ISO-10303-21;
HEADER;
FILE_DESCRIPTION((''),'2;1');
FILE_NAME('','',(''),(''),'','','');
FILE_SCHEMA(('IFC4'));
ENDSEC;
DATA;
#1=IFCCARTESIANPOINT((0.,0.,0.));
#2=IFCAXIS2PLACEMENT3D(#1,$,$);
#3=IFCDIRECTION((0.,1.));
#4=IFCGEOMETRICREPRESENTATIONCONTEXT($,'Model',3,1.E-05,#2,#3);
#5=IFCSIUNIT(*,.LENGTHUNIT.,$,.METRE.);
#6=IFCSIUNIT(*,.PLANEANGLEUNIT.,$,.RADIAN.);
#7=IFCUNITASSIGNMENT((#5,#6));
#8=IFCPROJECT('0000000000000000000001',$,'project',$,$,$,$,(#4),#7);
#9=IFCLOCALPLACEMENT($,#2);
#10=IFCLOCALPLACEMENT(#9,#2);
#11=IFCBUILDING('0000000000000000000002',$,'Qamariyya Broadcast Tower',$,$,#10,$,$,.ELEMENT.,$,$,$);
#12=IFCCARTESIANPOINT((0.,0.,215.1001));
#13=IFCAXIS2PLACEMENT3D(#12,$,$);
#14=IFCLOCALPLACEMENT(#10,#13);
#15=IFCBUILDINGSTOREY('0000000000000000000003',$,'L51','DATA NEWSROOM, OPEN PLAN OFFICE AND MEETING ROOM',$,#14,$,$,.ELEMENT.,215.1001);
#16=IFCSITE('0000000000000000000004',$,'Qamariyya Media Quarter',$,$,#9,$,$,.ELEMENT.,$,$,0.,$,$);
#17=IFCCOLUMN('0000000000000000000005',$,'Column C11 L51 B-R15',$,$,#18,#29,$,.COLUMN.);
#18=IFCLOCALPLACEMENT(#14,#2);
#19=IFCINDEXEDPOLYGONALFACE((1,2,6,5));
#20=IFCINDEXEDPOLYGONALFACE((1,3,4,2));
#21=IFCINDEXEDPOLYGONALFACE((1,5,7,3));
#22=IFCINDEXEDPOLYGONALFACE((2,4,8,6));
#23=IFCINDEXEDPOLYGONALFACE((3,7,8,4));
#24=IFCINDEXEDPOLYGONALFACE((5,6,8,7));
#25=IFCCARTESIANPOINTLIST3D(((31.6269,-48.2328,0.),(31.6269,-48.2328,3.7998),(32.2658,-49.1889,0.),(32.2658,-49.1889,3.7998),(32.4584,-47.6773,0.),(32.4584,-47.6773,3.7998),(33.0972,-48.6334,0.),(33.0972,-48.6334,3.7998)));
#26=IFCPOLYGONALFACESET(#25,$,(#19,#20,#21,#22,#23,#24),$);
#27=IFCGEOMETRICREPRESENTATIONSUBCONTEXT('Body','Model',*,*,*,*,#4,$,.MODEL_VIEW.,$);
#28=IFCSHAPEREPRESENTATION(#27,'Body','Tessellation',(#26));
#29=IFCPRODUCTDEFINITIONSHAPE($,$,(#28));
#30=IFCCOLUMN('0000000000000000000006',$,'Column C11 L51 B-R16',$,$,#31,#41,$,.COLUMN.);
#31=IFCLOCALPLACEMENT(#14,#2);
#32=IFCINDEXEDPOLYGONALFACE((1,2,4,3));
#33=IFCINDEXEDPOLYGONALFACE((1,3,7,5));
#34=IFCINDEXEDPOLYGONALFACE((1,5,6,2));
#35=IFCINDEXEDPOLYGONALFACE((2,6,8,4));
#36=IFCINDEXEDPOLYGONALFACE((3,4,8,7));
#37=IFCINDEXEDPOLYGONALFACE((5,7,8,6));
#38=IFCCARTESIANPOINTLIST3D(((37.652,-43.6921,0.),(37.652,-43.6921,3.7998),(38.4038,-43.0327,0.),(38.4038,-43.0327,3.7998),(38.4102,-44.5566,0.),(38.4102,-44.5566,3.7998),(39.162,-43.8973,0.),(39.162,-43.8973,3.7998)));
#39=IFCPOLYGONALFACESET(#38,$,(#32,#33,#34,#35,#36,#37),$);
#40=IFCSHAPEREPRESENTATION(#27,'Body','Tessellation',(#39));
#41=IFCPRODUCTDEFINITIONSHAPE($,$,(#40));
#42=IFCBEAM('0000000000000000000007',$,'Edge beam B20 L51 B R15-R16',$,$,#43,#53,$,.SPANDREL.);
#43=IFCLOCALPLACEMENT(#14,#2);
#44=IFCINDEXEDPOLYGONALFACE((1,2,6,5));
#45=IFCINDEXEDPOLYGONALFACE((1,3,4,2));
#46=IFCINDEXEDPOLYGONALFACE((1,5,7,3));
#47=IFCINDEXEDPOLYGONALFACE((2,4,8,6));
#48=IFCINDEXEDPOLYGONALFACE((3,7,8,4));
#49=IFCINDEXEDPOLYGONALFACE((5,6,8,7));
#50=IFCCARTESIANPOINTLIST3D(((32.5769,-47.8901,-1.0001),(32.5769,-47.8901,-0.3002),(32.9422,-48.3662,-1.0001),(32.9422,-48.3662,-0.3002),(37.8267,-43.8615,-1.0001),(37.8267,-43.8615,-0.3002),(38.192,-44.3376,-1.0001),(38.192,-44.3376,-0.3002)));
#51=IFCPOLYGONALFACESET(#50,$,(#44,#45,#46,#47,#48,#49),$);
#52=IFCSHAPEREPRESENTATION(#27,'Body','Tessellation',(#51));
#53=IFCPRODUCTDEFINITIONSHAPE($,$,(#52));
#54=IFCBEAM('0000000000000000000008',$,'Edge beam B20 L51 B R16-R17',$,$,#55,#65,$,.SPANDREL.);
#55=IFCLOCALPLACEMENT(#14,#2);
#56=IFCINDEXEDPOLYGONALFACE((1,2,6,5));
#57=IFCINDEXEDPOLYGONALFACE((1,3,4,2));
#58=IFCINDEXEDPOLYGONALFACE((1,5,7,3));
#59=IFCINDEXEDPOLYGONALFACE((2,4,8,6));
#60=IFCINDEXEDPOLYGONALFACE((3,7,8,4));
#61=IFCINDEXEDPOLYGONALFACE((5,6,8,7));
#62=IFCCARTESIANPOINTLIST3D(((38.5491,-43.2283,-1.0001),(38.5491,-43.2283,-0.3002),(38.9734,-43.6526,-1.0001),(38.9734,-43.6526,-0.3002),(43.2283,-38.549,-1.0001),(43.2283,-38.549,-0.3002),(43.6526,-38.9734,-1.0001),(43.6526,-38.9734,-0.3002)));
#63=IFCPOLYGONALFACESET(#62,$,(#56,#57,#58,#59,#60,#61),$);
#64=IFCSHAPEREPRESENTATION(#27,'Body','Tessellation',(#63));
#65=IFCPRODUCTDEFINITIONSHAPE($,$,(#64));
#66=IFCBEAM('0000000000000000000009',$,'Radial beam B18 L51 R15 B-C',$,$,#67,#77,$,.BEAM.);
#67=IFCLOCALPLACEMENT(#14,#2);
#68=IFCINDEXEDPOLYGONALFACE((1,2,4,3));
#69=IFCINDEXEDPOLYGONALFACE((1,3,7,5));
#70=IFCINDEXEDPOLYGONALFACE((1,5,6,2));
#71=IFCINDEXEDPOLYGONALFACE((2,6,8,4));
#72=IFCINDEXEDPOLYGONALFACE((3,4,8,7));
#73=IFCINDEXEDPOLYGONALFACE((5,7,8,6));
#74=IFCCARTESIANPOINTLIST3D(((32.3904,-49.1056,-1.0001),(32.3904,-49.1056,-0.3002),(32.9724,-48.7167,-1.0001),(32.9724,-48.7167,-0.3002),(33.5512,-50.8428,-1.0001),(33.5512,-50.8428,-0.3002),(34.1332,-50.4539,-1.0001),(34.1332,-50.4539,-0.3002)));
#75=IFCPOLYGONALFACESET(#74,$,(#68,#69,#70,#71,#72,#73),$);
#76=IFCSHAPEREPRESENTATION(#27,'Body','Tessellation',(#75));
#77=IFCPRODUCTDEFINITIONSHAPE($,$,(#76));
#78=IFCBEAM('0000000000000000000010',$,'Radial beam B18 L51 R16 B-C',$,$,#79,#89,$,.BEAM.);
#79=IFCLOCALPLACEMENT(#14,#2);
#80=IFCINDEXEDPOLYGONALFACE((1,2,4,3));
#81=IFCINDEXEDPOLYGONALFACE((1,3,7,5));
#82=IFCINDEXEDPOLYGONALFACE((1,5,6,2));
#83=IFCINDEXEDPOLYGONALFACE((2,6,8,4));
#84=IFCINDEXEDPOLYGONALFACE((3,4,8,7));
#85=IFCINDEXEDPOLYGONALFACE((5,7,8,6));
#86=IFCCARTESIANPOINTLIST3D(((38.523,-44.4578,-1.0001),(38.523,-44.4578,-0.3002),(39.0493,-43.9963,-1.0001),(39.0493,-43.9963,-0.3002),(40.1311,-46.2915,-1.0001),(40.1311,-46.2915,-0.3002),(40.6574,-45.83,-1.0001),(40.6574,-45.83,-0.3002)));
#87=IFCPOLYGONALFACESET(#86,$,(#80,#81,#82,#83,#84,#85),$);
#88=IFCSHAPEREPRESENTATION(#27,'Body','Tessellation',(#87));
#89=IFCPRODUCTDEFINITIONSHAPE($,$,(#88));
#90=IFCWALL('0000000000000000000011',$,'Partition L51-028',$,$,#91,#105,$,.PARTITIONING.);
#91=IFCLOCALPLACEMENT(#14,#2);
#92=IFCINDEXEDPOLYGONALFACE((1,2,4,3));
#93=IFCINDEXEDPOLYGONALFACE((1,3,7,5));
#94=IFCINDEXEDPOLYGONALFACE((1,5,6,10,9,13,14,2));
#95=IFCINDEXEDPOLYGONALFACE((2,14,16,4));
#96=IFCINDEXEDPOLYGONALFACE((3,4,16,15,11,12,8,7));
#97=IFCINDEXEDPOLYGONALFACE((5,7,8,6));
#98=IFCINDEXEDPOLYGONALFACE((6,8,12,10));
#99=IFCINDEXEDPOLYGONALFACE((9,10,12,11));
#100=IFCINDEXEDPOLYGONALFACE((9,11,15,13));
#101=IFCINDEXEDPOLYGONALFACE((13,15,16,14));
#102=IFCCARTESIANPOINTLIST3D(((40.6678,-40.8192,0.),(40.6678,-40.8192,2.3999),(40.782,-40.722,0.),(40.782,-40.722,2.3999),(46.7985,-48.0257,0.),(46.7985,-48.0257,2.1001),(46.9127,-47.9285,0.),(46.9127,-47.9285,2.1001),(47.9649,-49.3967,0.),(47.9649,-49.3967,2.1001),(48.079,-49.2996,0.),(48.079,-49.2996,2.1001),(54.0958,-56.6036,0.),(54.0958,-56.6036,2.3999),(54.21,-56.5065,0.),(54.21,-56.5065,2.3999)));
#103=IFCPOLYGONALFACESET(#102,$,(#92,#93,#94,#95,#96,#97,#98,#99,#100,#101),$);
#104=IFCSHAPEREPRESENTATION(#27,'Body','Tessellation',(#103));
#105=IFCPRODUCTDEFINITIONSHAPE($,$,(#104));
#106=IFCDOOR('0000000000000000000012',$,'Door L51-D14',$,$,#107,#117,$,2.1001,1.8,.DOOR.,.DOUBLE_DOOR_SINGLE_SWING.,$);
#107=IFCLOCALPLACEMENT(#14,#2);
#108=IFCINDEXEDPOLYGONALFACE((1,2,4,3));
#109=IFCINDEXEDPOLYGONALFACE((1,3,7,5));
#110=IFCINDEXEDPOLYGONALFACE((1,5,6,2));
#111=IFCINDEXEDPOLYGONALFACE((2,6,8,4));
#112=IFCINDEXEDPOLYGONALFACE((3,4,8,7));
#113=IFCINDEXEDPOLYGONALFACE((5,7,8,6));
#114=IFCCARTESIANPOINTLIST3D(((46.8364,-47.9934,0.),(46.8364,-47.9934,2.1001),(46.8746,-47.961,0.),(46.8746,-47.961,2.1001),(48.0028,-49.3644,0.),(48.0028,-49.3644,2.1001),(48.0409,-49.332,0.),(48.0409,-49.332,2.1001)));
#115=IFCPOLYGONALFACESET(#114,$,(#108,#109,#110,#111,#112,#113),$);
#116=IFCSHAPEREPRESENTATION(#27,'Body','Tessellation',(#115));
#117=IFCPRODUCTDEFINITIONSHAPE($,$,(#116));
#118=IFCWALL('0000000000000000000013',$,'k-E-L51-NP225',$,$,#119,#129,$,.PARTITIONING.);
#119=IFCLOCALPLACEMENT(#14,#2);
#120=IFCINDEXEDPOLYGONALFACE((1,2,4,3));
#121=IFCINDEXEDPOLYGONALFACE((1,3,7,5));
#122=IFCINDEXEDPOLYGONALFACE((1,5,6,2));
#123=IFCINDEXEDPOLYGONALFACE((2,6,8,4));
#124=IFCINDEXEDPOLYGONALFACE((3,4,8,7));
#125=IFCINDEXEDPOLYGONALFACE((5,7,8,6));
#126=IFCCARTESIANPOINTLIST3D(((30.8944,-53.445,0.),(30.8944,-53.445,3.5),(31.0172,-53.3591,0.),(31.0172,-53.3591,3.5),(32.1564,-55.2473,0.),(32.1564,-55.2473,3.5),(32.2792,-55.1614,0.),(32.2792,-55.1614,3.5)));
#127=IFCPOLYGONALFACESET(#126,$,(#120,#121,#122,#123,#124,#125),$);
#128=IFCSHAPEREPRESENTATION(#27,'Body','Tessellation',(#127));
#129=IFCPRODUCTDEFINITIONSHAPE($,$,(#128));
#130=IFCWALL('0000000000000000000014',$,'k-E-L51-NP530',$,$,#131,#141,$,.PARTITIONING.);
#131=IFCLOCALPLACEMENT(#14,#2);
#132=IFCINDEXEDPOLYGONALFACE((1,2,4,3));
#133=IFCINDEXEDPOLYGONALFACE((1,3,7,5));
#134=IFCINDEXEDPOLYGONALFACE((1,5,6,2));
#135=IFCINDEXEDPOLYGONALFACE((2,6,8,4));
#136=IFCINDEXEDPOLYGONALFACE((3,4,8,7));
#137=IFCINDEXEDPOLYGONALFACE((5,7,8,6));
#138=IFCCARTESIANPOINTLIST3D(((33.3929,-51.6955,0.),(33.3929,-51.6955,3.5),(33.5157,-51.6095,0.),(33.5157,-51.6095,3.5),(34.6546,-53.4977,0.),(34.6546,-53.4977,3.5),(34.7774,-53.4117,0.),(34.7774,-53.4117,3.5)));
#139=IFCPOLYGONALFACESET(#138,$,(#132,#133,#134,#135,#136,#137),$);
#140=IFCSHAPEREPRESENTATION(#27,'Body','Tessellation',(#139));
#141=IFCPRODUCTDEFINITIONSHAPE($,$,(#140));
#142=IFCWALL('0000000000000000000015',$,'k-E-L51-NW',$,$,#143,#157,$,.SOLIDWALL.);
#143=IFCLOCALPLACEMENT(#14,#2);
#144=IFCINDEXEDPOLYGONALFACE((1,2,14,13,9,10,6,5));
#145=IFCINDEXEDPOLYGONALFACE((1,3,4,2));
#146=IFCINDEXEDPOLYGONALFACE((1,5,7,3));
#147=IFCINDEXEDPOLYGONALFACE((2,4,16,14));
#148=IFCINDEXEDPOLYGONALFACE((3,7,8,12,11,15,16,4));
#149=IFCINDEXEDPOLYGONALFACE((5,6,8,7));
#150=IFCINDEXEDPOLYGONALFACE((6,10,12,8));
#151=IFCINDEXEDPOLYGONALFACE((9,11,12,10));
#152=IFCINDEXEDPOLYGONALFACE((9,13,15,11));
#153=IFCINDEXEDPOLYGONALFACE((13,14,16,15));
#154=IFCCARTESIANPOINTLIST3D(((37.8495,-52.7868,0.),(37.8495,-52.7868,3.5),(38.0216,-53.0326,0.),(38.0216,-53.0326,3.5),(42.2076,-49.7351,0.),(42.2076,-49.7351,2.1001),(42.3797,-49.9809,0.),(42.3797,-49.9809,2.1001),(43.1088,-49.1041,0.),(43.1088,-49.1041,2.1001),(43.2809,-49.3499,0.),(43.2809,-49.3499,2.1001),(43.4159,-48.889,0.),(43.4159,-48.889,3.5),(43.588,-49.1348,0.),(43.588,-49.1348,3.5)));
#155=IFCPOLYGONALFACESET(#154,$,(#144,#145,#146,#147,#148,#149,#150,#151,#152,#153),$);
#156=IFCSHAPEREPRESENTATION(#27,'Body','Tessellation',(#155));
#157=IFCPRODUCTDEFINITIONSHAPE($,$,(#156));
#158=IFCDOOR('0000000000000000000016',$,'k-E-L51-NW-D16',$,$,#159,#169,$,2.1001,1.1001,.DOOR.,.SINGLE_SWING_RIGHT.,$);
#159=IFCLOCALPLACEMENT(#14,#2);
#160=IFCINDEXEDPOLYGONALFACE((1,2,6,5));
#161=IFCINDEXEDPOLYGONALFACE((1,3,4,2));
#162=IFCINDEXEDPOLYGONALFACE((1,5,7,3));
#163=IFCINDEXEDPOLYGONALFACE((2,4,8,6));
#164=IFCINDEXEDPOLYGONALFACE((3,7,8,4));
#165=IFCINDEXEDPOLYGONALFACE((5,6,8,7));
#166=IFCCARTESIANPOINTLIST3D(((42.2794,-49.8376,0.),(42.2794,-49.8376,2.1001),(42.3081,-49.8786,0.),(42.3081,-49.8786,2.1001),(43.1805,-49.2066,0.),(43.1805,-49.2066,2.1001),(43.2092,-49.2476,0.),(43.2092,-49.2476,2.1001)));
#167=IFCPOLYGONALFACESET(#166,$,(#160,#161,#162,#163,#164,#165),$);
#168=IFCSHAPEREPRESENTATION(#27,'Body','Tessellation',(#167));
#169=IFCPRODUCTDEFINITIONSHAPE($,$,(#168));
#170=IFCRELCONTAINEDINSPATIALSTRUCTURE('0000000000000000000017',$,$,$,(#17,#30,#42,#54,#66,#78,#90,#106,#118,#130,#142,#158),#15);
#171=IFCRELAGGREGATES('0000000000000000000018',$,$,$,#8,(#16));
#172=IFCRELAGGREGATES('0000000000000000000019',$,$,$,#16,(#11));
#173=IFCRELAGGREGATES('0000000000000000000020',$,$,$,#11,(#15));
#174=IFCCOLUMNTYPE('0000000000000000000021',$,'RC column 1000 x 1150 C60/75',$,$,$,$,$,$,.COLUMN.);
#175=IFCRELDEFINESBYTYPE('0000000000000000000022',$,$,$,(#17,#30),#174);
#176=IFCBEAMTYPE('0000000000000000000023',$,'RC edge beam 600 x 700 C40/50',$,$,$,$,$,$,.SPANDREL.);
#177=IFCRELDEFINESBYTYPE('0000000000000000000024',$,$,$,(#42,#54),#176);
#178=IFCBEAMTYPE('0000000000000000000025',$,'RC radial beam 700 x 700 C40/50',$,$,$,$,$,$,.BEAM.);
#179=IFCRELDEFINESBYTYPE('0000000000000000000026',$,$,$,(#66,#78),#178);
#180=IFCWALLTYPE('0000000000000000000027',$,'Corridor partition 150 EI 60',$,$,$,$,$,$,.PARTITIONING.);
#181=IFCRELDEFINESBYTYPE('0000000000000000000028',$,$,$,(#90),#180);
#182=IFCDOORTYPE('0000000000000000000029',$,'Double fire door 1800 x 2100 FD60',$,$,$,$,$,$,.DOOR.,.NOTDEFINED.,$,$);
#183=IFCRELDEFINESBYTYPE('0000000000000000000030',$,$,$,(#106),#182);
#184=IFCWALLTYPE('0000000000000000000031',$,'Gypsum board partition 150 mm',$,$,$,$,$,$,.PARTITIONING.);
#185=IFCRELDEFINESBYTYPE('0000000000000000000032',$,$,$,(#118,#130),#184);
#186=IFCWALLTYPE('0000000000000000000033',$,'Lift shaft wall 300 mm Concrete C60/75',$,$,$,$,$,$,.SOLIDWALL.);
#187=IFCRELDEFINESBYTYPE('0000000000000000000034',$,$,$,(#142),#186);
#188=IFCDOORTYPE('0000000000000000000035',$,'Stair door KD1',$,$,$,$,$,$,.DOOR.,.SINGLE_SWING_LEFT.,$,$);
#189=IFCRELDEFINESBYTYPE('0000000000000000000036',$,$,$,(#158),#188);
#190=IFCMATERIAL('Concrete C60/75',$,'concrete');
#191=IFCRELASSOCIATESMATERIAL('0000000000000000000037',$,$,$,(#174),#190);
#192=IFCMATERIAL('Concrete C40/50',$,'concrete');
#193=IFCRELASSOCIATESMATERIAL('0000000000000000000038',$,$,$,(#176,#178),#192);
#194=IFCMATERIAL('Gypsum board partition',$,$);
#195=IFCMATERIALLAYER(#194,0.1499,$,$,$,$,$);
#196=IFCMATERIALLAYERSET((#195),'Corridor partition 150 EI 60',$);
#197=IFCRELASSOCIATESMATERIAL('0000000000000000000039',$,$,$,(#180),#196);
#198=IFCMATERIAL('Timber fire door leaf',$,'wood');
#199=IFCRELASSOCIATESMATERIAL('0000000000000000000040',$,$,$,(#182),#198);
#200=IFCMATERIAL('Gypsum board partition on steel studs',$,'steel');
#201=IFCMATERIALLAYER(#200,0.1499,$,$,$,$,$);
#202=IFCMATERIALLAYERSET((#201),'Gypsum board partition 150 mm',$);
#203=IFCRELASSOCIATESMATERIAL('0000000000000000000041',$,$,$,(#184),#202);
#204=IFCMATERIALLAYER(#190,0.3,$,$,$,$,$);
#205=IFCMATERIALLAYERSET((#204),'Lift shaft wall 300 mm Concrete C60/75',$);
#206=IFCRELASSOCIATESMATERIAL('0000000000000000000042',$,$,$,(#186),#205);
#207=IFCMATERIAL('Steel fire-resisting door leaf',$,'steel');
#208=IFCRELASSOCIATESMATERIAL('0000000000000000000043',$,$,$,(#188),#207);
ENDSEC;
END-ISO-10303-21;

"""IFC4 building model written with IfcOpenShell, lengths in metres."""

from ifc_helpers import new_model, si_unit, direction, frame, frame_2d, origin, origin_2d, place, context, subcontext, project, spatial, rectangle, extrude, material, layer, layer_set, material_profile, profile_set, type_object, element, fill, save


model = new_model("IFC4")

# Units and contexts
model_context = context("Model", 3, precision=1e-05, world=origin(), true_north=direction((0.0, 1.0)))
body_context = subcontext(model_context, "Body", "Model", "MODEL_VIEW")
ifc_project = project(units=[si_unit("LENGTHUNIT", "METRE"), si_unit("PLANEANGLEUNIT", "RADIAN")], contexts=[model_context])

# Site, building, storey
site_placement = place(None, origin())
site = spatial("IfcSite", under=ifc_project, at=site_placement, Name="Qamariyya Media Quarter", CompositionType="ELEMENT", RefElevation=0.0)
building_placement = place(site_placement, origin())
building = spatial("IfcBuilding", under=site, at=building_placement, Name="Qamariyya Broadcast Tower", CompositionType="ELEMENT")
storey_placement = place(building_placement, frame((0.0, 0.0, 215.1001)))
storey = spatial("IfcBuildingStorey", under=building, at=storey_placement, Name="L51", Description="DATA NEWSROOM, OPEN PLAN OFFICE AND MEETING ROOM", CompositionType="ELEMENT", Elevation=215.1001)

# Columns
ifc_material_1 = material(Name="Concrete C60/75", Category="concrete")
ifc_material_profile_1 = material_profile(ifc_material_1, rectangle(XDim=1.0, YDim=1.1499, at=origin_2d()))
ifc_profile_set_1 = profile_set([ifc_material_profile_1], Name="Concrete C60/75")
column_type = type_object("IfcColumnType", Name="RC column 1000 x 1150 C60/75", PredefinedType="COLUMN", material=ifc_profile_set_1)
for number, where, z_axis, x_axis, name in (
    (1, (32.3621, -48.4331, 0.0), (0.0, 0.0, 1.0), (0.83147, 0.55557, 0.0), "Column C11 L51 B-R15"),
    (2, (38.407, -43.7947, 0.0), (0.0, 0.0, 1.0), (0.75184, 0.659346, 0.0), "Column C11 L51 B-R16"),
):
    element("IfcColumn", number, at=place(storey_placement, frame(where, z_axis=z_axis, x_axis=x_axis)), inside=storey, type_object=column_type, Name=name, PredefinedType="COLUMN", context=body_context, shape_type="SweptSolid", body=[
        extrude(rectangle(XDim=1.0, YDim=1.1499, at=origin_2d()), origin(), (0.0, 0.0, 1.0), 3.7998),
    ])

# Beams
ifc_material_2 = material(Name="Concrete C40/50", Category="concrete")
ifc_material_profile_2 = material_profile(ifc_material_2, rectangle(XDim=0.6001, YDim=0.7, at=origin_2d()))
ifc_profile_set_2 = profile_set([ifc_material_profile_2], Name="Concrete C40/50")
beam_type_1 = type_object("IfcBeamType", Name="RC edge beam 600 x 700 C40/50", PredefinedType="SPANDREL", material=ifc_profile_set_2)
for number, where, z_axis, x_axis, name in (
    (3, (32.7595, -48.1282, -0.6501), (0.793333, 0.608789, 0.0), (-0.608789, 0.793333, 0.0), "Edge beam B20 L51 B R15-R16"),
    (4, (38.7612, -43.4404, -0.6501), (0.707107, 0.707107, 0.0), (-0.707107, 0.707107, 0.0), "Edge beam B20 L51 B R16-R17"),
):
    element("IfcBeam", number, at=place(storey_placement, frame(where, z_axis=z_axis, x_axis=x_axis)), inside=storey, type_object=beam_type_1, Name=name, PredefinedType="SPANDREL", context=body_context, shape_type="SweptSolid", body=[
        extrude(rectangle(XDim=0.6001, YDim=0.7, at=origin_2d()), origin(), (0.0, 0.0, 1.0), 6.6174),
    ])
ifc_material_profile_3 = material_profile(ifc_material_2, rectangle(XDim=0.7, YDim=0.7, at=origin_2d()))
ifc_profile_set_3 = profile_set([ifc_material_profile_3], Name="Concrete C40/50")
beam_type_2 = type_object("IfcBeamType", Name="RC radial beam 700 x 700 C40/50", PredefinedType="BEAM", material=ifc_profile_set_3)
beam_1_placement = place(storey_placement, frame((32.6814, -48.9111, -0.6501), z_axis=(0.55559, -0.831457, 0.0), x_axis=(0.831457, 0.55559, 0.0)))
element("IfcBeam", 5, at=beam_1_placement, inside=storey, type_object=beam_type_2, Name="Radial beam B18 L51 R15 B-C", PredefinedType="BEAM", context=body_context, shape_type="SweptSolid", body=[
    extrude(rectangle(XDim=0.7, YDim=0.7, at=origin_2d()), origin(), (0.0, 0.0, 1.0), 2.0894),
])
beam_2_placement = place(storey_placement, frame((38.7861, -44.2271, -0.6501), z_axis=(0.659348, -0.751838, 0.0), x_axis=(0.751838, 0.659348, 0.0)))
element("IfcBeam", 6, at=beam_2_placement, inside=storey, type_object=beam_type_2, Name="Radial beam B18 L51 R16 B-C", PredefinedType="BEAM", context=body_context, shape_type="SweptSolid", body=[
    extrude(rectangle(XDim=0.7, YDim=0.7, at=origin_2d()), origin(), (0.0, 0.0, 1.0), 2.439),
])

# Wall, opening, door
ifc_material_3 = material(Name="Gypsum board partition")
ifc_layer_1 = layer(ifc_material_3, 0.1499)
ifc_layer_set_1 = layer_set([ifc_layer_1], Name="Corridor partition 150 EI 60")
wall_type_1 = type_object("IfcWallType", Name="Corridor partition 150 EI 60", PredefinedType="PARTITIONING", material=ifc_layer_set_1)
wall_1_placement = place(storey_placement, frame((40.7249, -40.7705, 0.0), z_axis=(0.0, 0.0, 1.0), x_axis=(0.647963, -0.761672, 0.0)))
wall_1 = element("IfcWall", 7, at=wall_1_placement, inside=storey, type_object=wall_type_1, Name="Partition L51-028", PredefinedType="PARTITIONING", context=body_context, shape_type="SweptSolid", body=[
    extrude(rectangle(XDim=20.7234, YDim=0.1499, at=frame_2d((10.3618, 0.0))), origin(), (0.0, 0.0, 1.0), 2.3999),
])
opening_1_placement = place(wall_1_placement, frame((9.4617, 0.0, 0.0)))
opening_1 = element("IfcOpeningElement", 8, at=opening_1_placement, cuts=wall_1, PredefinedType="OPENING", context=body_context, shape_type="SweptSolid", body=[
    extrude(rectangle(XDim=1.8, YDim=2.1001, at=frame_2d((0.8999, 1.05))), frame((0.0, 0.085, 0.0), z_axis=(0.0, -1.0, 0.0), x_axis=(1.0, 0.0, 0.0)), (0.0, 0.0, 1.0), 0.1699),
])
ifc_material_4 = material(Name="Timber fire door leaf", Category="wood")
door_type_1 = type_object("IfcDoorType", Name="Double fire door 1800 x 2100 FD60", OperationType="NOTDEFINED", PredefinedType="DOOR", material=ifc_material_4)
door_1_placement = place(opening_1_placement, origin())
door_1 = element("IfcDoor", 9, at=door_1_placement, inside=storey, type_object=door_type_1, Name="Door L51-D14", OperationType="DOUBLE_DOOR_SINGLE_SWING", OverallHeight=2.1001, OverallWidth=1.8, PredefinedType="DOOR", context=body_context, shape_type="SweptSolid", body=[
    extrude(rectangle(XDim=1.8, YDim=2.1001, at=frame_2d((0.8999, 1.05))), frame((0.0, 0.0249, 0.0), z_axis=(0.0, -1.0, 0.0), x_axis=(1.0, 0.0, 0.0)), (0.0, 0.0, 1.0), 0.05),
])
fill(opening_1, door_1)

# Walls
ifc_material_5 = material(Name="Gypsum board partition on steel studs", Category="steel")
ifc_layer_2 = layer(ifc_material_5, 0.1499)
ifc_layer_set_2 = layer_set([ifc_layer_2], Name="Gypsum board partition 150 mm")
wall_type_2 = type_object("IfcWallType", Name="Gypsum board partition 150 mm", PredefinedType="PARTITIONING", material=ifc_layer_set_2)
wall_2_placement = place(storey_placement, frame((32.2178, -55.2043, 0.0), z_axis=(0.0, 0.0, 1.0), x_axis=(-0.573581, 0.819149, 0.0)))
element("IfcWall", 10, at=wall_2_placement, inside=storey, type_object=wall_type_2, Name="k-E-L51-NP225", PredefinedType="PARTITIONING", context=body_context, shape_type="SweptSolid", body=[
    extrude(rectangle(XDim=2.2002, YDim=0.1499, at=frame_2d((1.1001, 0.0))), origin(), (0.0, 0.0, 1.0), 3.5),
])
wall_3_placement = place(storey_placement, frame((34.7161, -53.4548, 0.0), z_axis=(0.0, 0.0, 1.0), x_axis=(-0.573507, 0.819201, 0.0)))
element("IfcWall", 11, at=wall_3_placement, inside=storey, type_object=wall_type_2, Name="k-E-L51-NP530", PredefinedType="PARTITIONING", context=body_context, shape_type="SweptSolid", body=[
    extrude(rectangle(XDim=2.2, YDim=0.1499, at=frame_2d((1.1001, 0.0))), origin(), (0.0, 0.0, 1.0), 3.5),
])

# Wall, opening, door
ifc_layer_3 = layer(ifc_material_1, 0.3)
ifc_layer_set_3 = layer_set([ifc_layer_3], Name="Lift shaft wall 300 mm Concrete C60/75")
wall_type_3 = type_object("IfcWallType", Name="Lift shaft wall 300 mm Concrete C60/75", PredefinedType="SOLIDWALL", material=ifc_layer_set_3)
wall_4_placement = place(storey_placement, frame((37.9355, -52.9097, 0.0), z_axis=(0.0, 0.0, 1.0), x_axis=(0.819148, 0.573583, 0.0)))
wall_4 = element("IfcWall", 12, at=wall_4_placement, inside=storey, type_object=wall_type_3, Name="k-E-L51-NW", PredefinedType="SOLIDWALL", context=body_context, shape_type="SweptSolid", body=[
    extrude(rectangle(XDim=6.7954, YDim=0.3, at=frame_2d((3.3977, 0.0))), origin(), (0.0, 0.0, 1.0), 3.5),
])
opening_2_placement = place(wall_4_placement, frame((5.3203, 0.0, 0.0)))
opening_2 = element("IfcOpeningElement", 13, at=opening_2_placement, cuts=wall_4, PredefinedType="OPENING", context=body_context, shape_type="SweptSolid", body=[
    extrude(rectangle(XDim=1.1001, YDim=2.1001, at=frame_2d((0.55, 1.05))), frame((0.0, 0.1599, 0.0), z_axis=(0.0, -1.0, 0.0), x_axis=(1.0, 0.0, 0.0)), (0.0, 0.0, 1.0), 0.3201),
])
ifc_material_6 = material(Name="Steel fire-resisting door leaf", Category="steel")
door_type_2 = type_object("IfcDoorType", Name="Stair door KD1", OperationType="SINGLE_SWING_LEFT", PredefinedType="DOOR", material=ifc_material_6)
door_2_placement = place(opening_2_placement, origin())
door_2 = element("IfcDoor", 14, at=door_2_placement, inside=storey, type_object=door_type_2, Name="k-E-L51-NW-D16", OperationType="SINGLE_SWING_RIGHT", OverallHeight=2.1001, OverallWidth=1.1001, PredefinedType="DOOR", context=body_context, shape_type="SweptSolid", body=[
    extrude(rectangle(XDim=1.1001, YDim=2.1001, at=frame_2d((0.55, 1.05))), frame((0.0, 0.0249, 0.0), z_axis=(0.0, -1.0, 0.0), x_axis=(1.0, 0.0, 0.0)), (0.0, 0.0, 1.0), 0.05),
])
fill(opening_2, door_2)

save(model, "model.ifc")
